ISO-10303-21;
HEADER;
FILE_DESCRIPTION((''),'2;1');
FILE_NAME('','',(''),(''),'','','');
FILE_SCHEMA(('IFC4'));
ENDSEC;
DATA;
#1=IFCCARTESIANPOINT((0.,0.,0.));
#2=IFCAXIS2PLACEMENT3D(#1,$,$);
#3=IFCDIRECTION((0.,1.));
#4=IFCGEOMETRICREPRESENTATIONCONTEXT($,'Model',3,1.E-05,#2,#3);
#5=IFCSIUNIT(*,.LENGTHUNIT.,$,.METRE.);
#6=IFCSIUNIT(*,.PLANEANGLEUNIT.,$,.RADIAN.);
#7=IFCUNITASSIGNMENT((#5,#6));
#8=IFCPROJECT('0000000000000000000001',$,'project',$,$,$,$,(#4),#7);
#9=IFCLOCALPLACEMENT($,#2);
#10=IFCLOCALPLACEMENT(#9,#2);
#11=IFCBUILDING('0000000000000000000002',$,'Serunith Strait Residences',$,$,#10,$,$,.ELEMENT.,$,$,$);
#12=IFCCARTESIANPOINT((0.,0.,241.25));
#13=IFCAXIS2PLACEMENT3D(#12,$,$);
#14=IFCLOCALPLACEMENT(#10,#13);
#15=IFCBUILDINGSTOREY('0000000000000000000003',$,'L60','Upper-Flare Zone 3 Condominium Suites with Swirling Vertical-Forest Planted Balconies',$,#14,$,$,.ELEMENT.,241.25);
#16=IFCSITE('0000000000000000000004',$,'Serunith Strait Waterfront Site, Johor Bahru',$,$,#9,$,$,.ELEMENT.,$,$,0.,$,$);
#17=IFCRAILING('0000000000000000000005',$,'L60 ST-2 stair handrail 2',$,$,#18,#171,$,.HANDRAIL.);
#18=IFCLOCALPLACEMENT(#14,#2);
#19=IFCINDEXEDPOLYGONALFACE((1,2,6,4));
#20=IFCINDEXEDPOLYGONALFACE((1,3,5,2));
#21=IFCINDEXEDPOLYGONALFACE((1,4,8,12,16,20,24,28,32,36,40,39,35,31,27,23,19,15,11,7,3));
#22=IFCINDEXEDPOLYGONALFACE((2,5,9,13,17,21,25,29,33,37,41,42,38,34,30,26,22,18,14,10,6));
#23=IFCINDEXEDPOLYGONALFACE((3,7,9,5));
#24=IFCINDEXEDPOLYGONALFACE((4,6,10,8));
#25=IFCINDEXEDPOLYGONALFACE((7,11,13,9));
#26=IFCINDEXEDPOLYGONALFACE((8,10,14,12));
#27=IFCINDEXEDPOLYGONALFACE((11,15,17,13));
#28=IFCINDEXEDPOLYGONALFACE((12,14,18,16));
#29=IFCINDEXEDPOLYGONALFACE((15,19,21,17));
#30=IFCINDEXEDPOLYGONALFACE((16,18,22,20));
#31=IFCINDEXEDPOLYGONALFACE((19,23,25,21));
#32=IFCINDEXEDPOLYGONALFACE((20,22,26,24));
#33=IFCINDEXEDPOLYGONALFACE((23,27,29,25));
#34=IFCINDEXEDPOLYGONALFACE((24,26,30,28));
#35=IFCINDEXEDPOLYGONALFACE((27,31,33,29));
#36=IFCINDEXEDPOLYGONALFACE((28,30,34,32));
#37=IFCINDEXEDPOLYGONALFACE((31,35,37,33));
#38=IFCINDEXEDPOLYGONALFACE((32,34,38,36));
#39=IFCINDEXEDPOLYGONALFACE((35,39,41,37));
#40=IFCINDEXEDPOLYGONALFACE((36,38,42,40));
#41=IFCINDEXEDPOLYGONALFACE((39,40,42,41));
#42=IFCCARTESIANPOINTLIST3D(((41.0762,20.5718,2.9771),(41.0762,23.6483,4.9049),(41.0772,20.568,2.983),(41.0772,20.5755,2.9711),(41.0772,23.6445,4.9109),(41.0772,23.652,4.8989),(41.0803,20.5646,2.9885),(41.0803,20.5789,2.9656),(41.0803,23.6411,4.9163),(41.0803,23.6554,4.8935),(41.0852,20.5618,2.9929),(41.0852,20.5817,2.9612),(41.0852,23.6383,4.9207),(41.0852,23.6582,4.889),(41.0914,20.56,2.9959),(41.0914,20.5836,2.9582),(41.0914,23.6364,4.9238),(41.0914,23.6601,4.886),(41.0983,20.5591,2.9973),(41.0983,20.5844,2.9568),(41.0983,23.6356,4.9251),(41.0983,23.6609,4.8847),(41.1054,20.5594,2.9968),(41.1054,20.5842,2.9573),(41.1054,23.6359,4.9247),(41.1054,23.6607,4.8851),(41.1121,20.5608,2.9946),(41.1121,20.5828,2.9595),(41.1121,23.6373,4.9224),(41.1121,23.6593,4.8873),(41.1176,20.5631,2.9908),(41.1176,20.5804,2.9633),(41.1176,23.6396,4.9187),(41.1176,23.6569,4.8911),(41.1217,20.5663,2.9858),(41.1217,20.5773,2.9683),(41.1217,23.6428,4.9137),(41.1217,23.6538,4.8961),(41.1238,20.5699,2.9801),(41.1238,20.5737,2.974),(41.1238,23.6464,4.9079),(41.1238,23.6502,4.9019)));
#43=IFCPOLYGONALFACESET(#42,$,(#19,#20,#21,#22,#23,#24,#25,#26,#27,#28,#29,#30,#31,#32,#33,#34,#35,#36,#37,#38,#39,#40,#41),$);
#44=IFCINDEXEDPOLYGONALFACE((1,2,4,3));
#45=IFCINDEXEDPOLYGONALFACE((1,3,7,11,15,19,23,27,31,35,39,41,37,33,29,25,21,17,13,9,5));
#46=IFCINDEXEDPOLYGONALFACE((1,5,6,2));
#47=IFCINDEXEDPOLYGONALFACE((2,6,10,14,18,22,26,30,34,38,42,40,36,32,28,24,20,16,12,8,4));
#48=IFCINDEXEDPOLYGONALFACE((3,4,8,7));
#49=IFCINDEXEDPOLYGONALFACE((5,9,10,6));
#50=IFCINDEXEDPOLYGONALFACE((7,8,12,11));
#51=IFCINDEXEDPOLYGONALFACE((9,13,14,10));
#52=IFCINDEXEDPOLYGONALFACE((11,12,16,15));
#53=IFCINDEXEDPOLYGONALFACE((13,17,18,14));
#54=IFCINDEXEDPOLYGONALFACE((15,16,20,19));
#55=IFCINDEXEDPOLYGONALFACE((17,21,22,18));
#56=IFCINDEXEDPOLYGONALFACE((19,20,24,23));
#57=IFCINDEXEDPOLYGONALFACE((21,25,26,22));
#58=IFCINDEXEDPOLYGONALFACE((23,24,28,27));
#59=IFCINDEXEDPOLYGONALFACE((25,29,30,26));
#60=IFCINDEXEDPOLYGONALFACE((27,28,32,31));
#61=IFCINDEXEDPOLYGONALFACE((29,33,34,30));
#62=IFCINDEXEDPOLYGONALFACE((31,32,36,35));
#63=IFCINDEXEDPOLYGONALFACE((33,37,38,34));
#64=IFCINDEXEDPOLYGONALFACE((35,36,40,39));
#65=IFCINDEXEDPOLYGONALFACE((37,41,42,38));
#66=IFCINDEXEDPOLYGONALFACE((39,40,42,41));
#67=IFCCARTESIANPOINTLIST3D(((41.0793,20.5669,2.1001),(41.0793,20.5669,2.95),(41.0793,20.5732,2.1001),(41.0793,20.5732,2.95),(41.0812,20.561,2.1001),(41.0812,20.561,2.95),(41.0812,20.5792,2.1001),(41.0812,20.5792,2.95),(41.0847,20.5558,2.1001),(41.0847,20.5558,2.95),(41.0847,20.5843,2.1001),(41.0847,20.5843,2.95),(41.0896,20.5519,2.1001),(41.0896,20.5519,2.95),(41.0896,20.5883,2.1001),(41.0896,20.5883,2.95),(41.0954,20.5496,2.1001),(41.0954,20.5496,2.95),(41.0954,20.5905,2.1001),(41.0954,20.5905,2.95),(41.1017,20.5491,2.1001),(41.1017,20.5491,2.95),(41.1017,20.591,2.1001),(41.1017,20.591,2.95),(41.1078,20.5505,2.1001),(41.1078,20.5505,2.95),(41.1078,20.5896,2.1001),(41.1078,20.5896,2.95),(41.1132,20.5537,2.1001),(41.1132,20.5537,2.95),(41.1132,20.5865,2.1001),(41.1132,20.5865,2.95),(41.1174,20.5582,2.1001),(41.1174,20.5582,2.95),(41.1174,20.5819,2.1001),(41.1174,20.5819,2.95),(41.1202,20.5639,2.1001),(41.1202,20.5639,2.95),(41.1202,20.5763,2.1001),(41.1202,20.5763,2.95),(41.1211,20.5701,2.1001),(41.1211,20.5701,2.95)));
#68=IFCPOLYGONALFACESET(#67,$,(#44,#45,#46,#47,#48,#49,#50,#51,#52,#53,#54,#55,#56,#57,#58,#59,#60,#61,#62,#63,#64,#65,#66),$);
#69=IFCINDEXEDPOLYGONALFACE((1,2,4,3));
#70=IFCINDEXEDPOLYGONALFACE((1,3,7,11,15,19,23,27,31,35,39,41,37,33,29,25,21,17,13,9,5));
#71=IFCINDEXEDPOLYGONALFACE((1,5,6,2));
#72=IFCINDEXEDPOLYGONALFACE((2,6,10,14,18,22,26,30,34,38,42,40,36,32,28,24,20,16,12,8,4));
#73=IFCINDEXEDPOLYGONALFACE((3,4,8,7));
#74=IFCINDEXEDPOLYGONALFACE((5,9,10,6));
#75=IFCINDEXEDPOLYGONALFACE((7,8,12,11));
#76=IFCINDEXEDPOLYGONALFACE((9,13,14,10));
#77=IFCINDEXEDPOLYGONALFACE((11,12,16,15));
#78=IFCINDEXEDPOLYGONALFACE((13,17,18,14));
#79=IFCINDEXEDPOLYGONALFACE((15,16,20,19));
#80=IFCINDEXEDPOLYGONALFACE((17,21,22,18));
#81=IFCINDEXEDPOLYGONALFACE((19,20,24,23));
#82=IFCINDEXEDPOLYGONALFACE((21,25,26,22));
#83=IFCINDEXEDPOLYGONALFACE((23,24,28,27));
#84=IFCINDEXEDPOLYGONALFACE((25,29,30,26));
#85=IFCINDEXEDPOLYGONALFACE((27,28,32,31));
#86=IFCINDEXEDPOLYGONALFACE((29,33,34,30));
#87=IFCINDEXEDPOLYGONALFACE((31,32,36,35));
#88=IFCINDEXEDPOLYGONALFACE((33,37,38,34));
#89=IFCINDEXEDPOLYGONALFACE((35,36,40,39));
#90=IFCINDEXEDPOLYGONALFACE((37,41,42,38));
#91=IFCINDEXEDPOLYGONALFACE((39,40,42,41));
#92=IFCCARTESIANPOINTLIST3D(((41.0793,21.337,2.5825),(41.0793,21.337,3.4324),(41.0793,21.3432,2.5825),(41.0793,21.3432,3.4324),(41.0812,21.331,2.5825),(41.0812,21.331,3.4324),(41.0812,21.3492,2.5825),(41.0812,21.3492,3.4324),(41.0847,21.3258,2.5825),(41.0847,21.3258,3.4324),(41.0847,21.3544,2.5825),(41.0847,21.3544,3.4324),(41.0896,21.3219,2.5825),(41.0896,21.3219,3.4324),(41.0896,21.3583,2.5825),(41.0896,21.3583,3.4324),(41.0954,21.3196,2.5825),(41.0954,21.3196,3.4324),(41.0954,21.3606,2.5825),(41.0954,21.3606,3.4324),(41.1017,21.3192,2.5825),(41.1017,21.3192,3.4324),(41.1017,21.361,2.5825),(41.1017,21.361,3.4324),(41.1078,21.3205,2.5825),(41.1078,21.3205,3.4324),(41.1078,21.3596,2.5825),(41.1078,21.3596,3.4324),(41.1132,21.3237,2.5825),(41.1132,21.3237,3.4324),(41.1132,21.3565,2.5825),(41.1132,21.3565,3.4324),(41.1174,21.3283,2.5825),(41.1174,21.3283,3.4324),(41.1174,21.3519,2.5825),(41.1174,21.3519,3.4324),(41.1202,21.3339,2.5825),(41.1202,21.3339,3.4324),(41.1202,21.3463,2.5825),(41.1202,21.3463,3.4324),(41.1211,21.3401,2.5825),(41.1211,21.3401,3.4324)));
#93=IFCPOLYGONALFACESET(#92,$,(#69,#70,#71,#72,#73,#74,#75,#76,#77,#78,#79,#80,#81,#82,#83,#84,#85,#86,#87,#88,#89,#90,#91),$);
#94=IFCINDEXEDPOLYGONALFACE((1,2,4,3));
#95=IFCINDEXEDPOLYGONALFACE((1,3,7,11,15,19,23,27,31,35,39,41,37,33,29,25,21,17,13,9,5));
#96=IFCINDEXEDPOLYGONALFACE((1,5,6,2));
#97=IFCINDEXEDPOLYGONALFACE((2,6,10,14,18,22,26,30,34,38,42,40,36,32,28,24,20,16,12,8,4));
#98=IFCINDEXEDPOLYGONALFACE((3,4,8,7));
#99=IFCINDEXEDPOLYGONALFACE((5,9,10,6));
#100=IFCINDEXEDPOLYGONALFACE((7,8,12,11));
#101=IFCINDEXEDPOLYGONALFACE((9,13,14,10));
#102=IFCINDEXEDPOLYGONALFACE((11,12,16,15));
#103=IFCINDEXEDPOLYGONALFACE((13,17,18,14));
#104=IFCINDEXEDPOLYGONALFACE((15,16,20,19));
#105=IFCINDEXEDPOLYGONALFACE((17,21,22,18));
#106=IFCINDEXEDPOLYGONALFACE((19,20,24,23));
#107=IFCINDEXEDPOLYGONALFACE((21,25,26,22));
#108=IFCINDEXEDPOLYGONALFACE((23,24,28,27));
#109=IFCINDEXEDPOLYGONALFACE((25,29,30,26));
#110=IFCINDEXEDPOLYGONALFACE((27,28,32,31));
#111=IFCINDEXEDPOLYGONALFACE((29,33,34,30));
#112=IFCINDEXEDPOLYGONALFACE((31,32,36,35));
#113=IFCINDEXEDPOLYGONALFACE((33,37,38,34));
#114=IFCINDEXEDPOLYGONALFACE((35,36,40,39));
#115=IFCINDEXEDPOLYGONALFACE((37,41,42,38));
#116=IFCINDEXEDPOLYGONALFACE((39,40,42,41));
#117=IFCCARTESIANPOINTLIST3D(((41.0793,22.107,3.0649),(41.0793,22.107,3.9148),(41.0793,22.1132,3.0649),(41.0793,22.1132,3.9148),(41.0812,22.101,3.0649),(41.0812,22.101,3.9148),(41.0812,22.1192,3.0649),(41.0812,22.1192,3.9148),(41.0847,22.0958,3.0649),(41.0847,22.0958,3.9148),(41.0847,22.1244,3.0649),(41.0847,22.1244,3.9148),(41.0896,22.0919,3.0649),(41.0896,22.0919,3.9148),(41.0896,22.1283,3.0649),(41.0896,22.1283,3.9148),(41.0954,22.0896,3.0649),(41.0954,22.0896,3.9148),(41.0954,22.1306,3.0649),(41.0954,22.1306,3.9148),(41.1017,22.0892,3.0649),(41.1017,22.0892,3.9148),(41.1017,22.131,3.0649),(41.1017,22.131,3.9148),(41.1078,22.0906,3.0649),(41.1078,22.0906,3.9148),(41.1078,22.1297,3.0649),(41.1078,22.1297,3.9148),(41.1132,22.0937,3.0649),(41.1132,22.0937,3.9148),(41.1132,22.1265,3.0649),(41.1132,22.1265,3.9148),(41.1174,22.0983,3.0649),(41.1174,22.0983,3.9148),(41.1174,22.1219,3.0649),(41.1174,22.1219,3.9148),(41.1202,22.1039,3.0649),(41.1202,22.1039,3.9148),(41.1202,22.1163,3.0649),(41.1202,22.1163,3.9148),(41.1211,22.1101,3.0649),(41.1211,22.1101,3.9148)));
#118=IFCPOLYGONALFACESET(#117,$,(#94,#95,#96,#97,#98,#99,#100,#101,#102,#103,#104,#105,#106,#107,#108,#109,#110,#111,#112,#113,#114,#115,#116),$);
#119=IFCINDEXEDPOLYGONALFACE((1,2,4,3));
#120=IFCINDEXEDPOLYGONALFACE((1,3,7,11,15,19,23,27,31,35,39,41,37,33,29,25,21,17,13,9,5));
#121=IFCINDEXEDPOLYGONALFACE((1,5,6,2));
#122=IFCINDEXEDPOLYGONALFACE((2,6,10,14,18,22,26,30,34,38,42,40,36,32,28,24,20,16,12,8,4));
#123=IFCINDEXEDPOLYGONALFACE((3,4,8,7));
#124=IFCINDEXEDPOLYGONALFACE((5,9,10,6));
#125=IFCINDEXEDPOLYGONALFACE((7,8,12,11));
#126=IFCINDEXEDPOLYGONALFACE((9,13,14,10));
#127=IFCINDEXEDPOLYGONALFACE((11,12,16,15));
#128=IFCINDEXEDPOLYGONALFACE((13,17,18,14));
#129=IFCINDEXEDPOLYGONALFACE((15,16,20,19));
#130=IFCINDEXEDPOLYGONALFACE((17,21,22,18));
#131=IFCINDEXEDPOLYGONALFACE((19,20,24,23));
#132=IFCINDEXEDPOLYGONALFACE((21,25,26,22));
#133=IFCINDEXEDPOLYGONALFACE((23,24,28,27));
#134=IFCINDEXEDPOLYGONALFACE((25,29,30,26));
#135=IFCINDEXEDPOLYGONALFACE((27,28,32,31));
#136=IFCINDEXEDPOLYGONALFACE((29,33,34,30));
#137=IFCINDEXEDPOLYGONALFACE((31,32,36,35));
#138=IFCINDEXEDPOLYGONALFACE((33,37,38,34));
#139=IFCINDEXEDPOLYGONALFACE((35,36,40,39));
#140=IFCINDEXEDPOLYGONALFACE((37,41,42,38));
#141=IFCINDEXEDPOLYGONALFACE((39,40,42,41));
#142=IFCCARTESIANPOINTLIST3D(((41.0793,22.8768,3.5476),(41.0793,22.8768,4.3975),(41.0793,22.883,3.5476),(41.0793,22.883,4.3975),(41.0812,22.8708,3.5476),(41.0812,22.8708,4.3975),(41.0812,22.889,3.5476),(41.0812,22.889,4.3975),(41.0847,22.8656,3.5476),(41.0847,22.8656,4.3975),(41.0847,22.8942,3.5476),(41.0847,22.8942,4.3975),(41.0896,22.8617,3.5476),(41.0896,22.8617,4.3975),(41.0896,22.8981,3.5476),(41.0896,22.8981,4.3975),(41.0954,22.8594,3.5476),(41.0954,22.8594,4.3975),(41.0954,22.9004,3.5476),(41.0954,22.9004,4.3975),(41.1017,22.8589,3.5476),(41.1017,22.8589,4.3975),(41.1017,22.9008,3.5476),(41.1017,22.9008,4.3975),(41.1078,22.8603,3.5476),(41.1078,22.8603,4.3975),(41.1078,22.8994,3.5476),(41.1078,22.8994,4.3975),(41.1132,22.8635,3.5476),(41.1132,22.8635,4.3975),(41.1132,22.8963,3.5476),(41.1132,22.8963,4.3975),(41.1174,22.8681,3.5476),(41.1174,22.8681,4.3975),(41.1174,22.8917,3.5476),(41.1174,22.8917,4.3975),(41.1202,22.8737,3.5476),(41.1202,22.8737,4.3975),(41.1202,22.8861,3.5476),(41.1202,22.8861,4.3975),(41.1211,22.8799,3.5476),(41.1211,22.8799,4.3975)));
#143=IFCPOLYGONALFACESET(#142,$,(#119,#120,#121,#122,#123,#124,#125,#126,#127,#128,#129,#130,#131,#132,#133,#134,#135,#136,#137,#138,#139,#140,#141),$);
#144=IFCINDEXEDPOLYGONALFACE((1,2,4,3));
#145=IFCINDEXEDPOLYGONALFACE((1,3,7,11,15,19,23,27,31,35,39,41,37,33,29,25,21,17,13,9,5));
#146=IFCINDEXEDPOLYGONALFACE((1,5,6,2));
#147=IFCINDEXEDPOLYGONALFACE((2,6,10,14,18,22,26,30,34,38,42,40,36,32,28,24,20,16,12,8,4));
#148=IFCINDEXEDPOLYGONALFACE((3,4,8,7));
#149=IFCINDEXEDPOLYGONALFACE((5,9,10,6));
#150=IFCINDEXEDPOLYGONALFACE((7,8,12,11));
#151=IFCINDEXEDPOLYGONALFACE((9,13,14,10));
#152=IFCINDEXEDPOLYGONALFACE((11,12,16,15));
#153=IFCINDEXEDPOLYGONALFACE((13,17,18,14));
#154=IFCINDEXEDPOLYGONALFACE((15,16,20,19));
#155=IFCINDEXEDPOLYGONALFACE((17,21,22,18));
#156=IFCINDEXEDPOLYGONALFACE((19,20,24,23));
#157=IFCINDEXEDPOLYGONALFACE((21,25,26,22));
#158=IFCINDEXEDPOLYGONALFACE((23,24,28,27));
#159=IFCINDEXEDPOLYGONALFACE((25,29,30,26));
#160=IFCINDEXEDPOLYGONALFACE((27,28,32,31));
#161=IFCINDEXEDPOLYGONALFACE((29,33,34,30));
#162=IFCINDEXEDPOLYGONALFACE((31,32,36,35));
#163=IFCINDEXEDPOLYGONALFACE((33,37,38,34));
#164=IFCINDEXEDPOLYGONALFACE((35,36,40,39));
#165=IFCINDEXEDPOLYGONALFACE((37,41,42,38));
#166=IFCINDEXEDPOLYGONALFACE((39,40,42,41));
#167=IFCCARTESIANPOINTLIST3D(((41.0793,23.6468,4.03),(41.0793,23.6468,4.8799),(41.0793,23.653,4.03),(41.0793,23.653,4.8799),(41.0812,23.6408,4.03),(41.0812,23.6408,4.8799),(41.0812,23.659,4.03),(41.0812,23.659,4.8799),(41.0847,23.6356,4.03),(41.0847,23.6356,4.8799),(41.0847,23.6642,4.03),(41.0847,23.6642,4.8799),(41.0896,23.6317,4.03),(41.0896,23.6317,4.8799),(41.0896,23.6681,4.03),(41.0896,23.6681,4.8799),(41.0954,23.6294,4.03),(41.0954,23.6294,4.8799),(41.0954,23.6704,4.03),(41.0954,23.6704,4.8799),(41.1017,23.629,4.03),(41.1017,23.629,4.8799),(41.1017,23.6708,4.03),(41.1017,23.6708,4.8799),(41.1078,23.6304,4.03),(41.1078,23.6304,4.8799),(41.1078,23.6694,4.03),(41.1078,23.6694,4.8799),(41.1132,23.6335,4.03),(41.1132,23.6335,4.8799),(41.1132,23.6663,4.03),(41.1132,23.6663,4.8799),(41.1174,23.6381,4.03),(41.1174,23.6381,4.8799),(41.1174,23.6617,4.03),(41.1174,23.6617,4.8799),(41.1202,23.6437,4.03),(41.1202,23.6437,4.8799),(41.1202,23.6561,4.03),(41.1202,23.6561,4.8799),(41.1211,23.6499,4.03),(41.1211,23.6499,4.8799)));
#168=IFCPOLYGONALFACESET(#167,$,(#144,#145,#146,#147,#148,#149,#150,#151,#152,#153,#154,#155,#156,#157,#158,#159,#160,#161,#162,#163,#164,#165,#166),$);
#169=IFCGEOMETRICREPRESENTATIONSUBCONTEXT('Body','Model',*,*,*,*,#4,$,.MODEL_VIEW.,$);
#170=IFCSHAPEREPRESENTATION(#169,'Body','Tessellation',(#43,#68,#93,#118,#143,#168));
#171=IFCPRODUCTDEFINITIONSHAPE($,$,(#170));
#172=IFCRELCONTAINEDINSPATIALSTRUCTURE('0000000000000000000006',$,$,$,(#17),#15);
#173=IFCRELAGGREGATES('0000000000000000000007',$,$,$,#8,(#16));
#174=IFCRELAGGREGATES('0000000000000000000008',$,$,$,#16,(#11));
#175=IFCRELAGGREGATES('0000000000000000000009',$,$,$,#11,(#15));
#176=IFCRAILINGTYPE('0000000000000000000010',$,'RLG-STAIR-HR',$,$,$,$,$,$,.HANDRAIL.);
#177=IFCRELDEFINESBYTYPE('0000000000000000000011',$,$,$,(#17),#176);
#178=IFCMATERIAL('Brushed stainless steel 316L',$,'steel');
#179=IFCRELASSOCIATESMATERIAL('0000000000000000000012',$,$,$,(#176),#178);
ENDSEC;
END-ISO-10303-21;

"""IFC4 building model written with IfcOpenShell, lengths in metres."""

from ifc_helpers import new_model, si_unit, direction, frame, origin, origin_2d, place, context, subcontext, project, spatial, circle, extrude, material, type_object, element, save


model = new_model("IFC4")

# Units and contexts
model_context = context("Model", 3, precision=1e-05, world=origin(), true_north=direction((0.0, 1.0)))
body_context = subcontext(model_context, "Body", "Model", "MODEL_VIEW")
ifc_project = project(units=[si_unit("LENGTHUNIT", "METRE"), si_unit("PLANEANGLEUNIT", "RADIAN")], contexts=[model_context])

# Site, building, storey
site_placement = place(None, origin())
site = spatial("IfcSite", under=ifc_project, at=site_placement, Name="Serunith Strait Waterfront Site, Johor Bahru", CompositionType="ELEMENT", RefElevation=0.0)
building_placement = place(site_placement, origin())
building = spatial("IfcBuilding", under=site, at=building_placement, Name="Serunith Strait Residences", CompositionType="ELEMENT")
storey_placement = place(building_placement, frame((0.0, 0.0, 241.25)))
storey = spatial("IfcBuildingStorey", under=building, at=storey_placement, Name="L60", Description="Upper-Flare Zone 3 Condominium Suites with Swirling Vertical-Forest Planted Balconies", CompositionType="ELEMENT", Elevation=241.25)

# Railing
ifc_material_1 = material(Name="Brushed stainless steel 316L", Category="steel")
railing_type_1 = type_object("IfcRailingType", Name="RLG-STAIR-HR", PredefinedType="HANDRAIL", material=ifc_material_1)
railing_1_placement = place(storey_placement, frame((41.1001, 20.5701, 2.1001)))
element("IfcRailing", 1, at=railing_1_placement, inside=storey, type_object=railing_type_1, Name="L60 ST-2 stair handrail 2", PredefinedType="HANDRAIL", context=body_context, shape_type="SweptSolid", body=[
    extrude(circle(Radius=0.0239, at=origin_2d()), frame((0.0, 0.0017, 0.877), z_axis=(0.0, 0.847375, 0.530995), x_axis=(-1.0, 0.0, 0.0)), (0.0, 0.0, 1.0), 3.6306),
    extrude(circle(Radius=0.021, at=origin_2d()), origin(), (0.0, 0.0, 1.0), 0.8499),
    extrude(circle(Radius=0.021, at=origin_2d()), frame((0.0, 0.77, 0.4824)), (0.0, 0.0, 1.0), 0.8499),
    extrude(circle(Radius=0.021, at=origin_2d()), frame((0.0, 1.54, 0.9648)), (0.0, 0.0, 1.0), 0.8499),
    extrude(circle(Radius=0.021, at=origin_2d()), frame((0.0, 2.3098, 1.4475)), (0.0, 0.0, 1.0), 0.8499),
    extrude(circle(Radius=0.021, at=origin_2d()), frame((0.0, 3.0798, 1.9299)), (0.0, 0.0, 1.0), 0.8499),
])

save(model, "model.ifc")
